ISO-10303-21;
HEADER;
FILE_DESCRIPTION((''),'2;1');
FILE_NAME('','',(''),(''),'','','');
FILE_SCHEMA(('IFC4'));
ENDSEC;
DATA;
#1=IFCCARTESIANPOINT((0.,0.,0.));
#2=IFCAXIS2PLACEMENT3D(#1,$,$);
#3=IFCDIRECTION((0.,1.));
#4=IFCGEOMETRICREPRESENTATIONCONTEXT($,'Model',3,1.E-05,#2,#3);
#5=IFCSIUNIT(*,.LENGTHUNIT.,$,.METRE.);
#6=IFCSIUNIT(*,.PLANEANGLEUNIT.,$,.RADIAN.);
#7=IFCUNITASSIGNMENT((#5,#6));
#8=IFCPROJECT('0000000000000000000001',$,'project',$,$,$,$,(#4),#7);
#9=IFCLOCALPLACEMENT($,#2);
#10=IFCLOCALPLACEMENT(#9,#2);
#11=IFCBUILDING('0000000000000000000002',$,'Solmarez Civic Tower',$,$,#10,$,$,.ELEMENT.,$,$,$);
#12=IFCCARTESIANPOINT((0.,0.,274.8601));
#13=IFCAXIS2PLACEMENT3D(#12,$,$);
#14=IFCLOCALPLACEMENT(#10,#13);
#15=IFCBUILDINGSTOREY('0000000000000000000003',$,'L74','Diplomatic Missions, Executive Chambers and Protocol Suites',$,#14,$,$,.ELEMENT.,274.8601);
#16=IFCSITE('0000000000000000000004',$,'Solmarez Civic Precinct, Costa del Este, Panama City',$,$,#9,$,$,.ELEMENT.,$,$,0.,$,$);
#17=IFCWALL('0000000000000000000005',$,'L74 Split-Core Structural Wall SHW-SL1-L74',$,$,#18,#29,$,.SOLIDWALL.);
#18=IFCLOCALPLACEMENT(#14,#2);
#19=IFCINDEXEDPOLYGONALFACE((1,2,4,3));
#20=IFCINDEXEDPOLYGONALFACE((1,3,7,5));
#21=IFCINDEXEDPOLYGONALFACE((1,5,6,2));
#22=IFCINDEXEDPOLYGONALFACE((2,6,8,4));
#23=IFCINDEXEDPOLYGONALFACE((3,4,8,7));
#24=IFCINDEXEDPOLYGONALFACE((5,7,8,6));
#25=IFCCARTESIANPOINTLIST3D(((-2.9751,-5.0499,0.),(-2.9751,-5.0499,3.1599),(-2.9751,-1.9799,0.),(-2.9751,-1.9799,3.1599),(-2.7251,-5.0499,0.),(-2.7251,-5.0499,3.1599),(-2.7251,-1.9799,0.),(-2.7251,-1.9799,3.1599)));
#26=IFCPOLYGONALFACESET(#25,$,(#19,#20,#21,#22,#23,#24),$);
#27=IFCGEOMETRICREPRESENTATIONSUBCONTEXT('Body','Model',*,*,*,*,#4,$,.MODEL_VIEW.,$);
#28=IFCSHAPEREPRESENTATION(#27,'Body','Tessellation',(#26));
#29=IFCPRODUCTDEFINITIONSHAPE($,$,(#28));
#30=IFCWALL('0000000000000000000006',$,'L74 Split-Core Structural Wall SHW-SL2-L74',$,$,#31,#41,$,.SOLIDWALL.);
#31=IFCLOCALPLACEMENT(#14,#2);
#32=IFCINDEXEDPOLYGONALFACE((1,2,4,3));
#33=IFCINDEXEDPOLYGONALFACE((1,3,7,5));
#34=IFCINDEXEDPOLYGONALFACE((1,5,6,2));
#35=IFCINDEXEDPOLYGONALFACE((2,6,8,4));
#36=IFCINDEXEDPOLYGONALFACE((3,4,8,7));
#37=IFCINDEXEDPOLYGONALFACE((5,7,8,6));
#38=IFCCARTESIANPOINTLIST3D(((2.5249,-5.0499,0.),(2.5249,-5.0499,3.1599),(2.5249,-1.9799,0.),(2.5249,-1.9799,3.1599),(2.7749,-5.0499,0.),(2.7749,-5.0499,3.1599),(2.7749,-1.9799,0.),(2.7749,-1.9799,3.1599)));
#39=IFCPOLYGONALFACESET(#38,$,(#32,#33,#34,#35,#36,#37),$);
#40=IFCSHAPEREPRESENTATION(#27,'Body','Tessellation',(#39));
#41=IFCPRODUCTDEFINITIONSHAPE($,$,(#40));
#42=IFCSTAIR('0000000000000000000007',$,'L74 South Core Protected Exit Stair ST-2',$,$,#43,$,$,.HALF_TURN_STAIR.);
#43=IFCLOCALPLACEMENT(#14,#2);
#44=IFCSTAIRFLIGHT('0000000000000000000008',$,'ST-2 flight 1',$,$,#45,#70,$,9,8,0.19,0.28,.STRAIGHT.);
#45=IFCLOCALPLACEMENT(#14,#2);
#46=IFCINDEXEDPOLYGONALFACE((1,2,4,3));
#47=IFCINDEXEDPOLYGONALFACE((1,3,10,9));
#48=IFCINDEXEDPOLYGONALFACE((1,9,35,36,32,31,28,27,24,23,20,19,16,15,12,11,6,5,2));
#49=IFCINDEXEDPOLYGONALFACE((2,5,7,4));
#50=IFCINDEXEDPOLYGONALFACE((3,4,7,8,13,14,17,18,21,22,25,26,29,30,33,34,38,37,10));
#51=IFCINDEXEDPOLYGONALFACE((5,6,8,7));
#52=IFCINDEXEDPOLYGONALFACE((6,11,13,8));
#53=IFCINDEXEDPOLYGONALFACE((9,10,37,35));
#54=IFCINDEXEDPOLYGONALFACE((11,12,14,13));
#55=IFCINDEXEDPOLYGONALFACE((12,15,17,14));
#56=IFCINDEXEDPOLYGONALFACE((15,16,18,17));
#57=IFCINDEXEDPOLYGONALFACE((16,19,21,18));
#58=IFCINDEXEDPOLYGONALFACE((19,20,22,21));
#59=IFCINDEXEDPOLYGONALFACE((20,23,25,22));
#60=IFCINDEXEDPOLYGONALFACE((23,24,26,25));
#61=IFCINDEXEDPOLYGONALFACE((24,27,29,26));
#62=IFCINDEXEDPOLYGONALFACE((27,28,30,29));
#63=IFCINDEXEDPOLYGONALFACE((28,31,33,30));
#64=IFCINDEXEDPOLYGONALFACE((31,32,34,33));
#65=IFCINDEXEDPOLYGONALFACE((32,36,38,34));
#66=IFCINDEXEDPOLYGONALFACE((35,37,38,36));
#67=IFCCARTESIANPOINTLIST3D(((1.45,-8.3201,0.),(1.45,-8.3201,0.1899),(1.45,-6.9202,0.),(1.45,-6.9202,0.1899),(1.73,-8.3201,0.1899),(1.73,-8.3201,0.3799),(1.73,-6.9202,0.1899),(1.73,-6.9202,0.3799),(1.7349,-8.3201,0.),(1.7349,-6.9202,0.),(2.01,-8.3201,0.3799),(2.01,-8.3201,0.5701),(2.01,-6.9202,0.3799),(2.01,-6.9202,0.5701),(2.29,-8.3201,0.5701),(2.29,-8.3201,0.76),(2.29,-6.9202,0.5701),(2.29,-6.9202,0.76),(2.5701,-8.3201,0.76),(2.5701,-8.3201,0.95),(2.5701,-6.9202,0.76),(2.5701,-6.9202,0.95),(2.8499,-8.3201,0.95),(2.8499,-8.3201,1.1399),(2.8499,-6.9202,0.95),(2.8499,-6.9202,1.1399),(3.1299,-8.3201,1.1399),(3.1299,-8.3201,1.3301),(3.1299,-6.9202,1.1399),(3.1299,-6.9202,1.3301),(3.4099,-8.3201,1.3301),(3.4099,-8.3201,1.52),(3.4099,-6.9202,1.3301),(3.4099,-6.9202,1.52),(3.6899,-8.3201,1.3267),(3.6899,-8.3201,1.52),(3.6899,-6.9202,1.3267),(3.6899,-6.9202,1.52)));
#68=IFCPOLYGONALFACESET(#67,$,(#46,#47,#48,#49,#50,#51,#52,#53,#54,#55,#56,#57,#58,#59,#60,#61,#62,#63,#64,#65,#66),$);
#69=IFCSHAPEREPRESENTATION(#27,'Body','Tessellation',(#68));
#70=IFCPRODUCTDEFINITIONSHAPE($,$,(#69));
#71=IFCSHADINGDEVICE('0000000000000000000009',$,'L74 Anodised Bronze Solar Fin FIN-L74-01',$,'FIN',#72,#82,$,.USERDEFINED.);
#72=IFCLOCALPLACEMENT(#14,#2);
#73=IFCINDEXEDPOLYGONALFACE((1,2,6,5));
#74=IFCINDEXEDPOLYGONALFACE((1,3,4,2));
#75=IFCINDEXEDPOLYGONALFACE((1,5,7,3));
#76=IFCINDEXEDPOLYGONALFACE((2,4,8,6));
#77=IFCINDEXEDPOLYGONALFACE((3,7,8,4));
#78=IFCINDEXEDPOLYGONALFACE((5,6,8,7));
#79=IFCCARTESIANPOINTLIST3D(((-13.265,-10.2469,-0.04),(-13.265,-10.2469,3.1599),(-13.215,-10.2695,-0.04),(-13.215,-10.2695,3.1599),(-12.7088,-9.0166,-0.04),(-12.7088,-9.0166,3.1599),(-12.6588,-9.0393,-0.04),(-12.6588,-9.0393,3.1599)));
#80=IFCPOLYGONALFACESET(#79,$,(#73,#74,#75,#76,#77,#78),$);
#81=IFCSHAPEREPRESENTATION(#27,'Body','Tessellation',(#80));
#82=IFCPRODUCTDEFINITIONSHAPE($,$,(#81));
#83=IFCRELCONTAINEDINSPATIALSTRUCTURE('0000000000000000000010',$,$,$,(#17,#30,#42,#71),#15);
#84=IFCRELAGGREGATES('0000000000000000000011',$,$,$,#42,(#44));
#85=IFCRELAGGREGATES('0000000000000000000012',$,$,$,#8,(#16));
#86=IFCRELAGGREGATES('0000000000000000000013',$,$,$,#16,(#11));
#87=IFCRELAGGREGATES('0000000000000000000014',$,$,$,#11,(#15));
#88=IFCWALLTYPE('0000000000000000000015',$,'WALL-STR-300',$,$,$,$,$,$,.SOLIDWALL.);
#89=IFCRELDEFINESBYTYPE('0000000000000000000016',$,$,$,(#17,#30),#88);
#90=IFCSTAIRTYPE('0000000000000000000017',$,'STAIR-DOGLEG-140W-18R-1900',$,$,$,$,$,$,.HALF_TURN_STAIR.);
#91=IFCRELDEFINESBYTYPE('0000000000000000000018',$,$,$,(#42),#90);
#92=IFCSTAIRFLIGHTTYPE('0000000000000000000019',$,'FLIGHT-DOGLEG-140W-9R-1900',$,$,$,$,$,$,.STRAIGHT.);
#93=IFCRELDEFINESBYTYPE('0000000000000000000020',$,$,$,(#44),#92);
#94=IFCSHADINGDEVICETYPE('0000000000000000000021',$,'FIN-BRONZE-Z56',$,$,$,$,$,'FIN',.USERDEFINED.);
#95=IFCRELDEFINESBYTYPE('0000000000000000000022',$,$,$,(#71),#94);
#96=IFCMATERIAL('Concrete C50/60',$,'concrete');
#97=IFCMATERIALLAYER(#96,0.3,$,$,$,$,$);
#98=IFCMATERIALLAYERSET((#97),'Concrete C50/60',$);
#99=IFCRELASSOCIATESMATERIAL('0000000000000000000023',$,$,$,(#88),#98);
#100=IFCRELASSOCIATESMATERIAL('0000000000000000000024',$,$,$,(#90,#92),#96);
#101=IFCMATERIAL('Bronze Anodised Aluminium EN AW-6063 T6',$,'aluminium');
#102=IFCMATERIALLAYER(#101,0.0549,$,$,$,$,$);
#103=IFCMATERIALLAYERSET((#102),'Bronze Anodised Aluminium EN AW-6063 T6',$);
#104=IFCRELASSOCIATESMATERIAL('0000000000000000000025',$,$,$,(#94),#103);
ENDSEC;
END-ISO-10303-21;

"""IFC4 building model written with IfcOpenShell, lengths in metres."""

from ifc_helpers import new_model, si_unit, direction, frame, frame_2d, origin, origin_2d, place, context, subcontext, project, spatial, polyline, rectangle, outline, extrude, material, layer, layer_set, type_object, element, aggregate, save


model = new_model("IFC4")

# Units and contexts
model_context = context("Model", 3, precision=1e-05, world=origin(), true_north=direction((0.0, 1.0)))
body_context = subcontext(model_context, "Body", "Model", "MODEL_VIEW")
ifc_project = project(units=[si_unit("LENGTHUNIT", "METRE"), si_unit("PLANEANGLEUNIT", "RADIAN")], contexts=[model_context])

# Site, building, storey
site_placement = place(None, origin())
site = spatial("IfcSite", under=ifc_project, at=site_placement, Name="Solmarez Civic Precinct, Costa del Este, Panama City", CompositionType="ELEMENT", RefElevation=0.0)
building_placement = place(site_placement, origin())
building = spatial("IfcBuilding", under=site, at=building_placement, Name="Solmarez Civic Tower", CompositionType="ELEMENT")
storey_placement = place(building_placement, frame((0.0, 0.0, 274.8601)))
storey = spatial("IfcBuildingStorey", under=building, at=storey_placement, Name="L74", Description="Diplomatic Missions, Executive Chambers and Protocol Suites", CompositionType="ELEMENT", Elevation=274.8601)

# Shared definitions
ifc_material_1 = material(Name="Concrete C50/60", Category="concrete")

# Shared definitions
ifc_layer_1 = layer(ifc_material_1, 0.3)
ifc_layer_set_1 = layer_set([ifc_layer_1], Name="Concrete C50/60")
wall_type_1 = type_object("IfcWallType", Name="WALL-STR-300", PredefinedType="SOLIDWALL", material=ifc_layer_set_1)

# Walls
for number, where, z_axis, x_axis, name in (
    (1, (-2.8501, -5.05, 0.0), (0.0, 0.0, 1.0), (0.0, 1.0, 0.0), "L74 Split-Core Structural Wall SHW-SL1-L74"),
    (2, (2.6499, -5.05, 0.0), (0.0, 0.0, 1.0), (0.0, 1.0, 0.0), "L74 Split-Core Structural Wall SHW-SL2-L74"),
):
    element("IfcWall", number, at=place(storey_placement, frame(where, z_axis=z_axis, x_axis=x_axis)), inside=storey, type_object=wall_type_1, Name=name, PredefinedType="SOLIDWALL", context=body_context, shape_type="SweptSolid", body=[
        extrude(rectangle(XDim=3.0701, YDim=0.25, at=frame_2d((1.5352, 0.0))), origin(), (0.0, 0.0, 1.0), 3.1599),
    ])

# Stair, stair flight
stair_type = type_object("IfcStairType", Name="STAIR-DOGLEG-140W-18R-1900", PredefinedType="HALF_TURN_STAIR", material=ifc_material_1)
stair_placement = place(storey_placement, origin())
stair = element("IfcStair", 3, at=stair_placement, inside=storey, type_object=stair_type, Name="L74 South Core Protected Exit Stair ST-2", PredefinedType="HALF_TURN_STAIR")
stair_flight_type = type_object("IfcStairFlightType", Name="FLIGHT-DOGLEG-140W-9R-1900", PredefinedType="STRAIGHT", material=ifc_material_1)
stair_flight_placement = place(storey_placement, frame((1.45, -7.6201, 0.0), z_axis=(0.0, 0.0, 1.0), x_axis=(1.0, 0.0, 0.0)))
stair_flight = element("IfcStairFlight", 4, at=stair_flight_placement, type_object=stair_flight_type, Name="ST-2 flight 1", NumberOfRisers=9, NumberOfTreads=8, PredefinedType="STRAIGHT", RiserHeight=0.19, TreadLength=0.28, context=body_context, shape_type="SweptSolid", body=[
    extrude(outline(polyline([(0.0, 0.0), (0.0, 0.1899), (0.28, 0.1899), (0.28, 0.3799), (0.5601, 0.3799), (0.5601, 0.5701), (0.8401, 0.5701), (0.8401, 0.76), (1.1201, 0.76), (1.1201, 0.95), (1.3999, 0.95), (1.3999, 1.1399), (1.6799, 1.1399), (1.6799, 1.3301), (1.96, 1.3301), (1.96, 1.52), (2.24, 1.52), (2.24, 1.71), (2.24, 1.3267), (0.2849, 0.0), (0.0, 0.0)])), frame((0.0, 0.7, 0.0), z_axis=(0.0, -1.0, 0.0), x_axis=(1.0, 0.0, 0.0)), (0.0, 0.0, 1.0), 1.3999),
])
aggregate(stair, [stair_flight])

# Shading device
ifc_material_2 = material(Name="Bronze Anodised Aluminium EN AW-6063 T6", Category="aluminium")
ifc_layer_2 = layer(ifc_material_2, 0.0549)
ifc_layer_set_2 = layer_set([ifc_layer_2], Name="Bronze Anodised Aluminium EN AW-6063 T6")
shading_device_type = type_object("IfcShadingDeviceType", Name="FIN-BRONZE-Z56", ElementType="FIN", PredefinedType="USERDEFINED", material=ifc_layer_set_2)
shading_device_placement = place(storey_placement, frame((-12.9619, -9.6431, -0.04), z_axis=(0.0, 0.0, 1.0), x_axis=(-0.41196, -0.911202, 0.0)))
element("IfcShadingDevice", 5, at=shading_device_placement, inside=storey, type_object=shading_device_type, Name="L74 Anodised Bronze Solar Fin FIN-L74-01", ObjectType="FIN", PredefinedType="USERDEFINED", context=body_context, shape_type="SweptSolid", body=[
    extrude(rectangle(XDim=1.3501, YDim=0.0549, at=origin_2d()), origin(), (0.0, 0.0, 1.0), 3.2),
])

save(model, "model.ifc")
